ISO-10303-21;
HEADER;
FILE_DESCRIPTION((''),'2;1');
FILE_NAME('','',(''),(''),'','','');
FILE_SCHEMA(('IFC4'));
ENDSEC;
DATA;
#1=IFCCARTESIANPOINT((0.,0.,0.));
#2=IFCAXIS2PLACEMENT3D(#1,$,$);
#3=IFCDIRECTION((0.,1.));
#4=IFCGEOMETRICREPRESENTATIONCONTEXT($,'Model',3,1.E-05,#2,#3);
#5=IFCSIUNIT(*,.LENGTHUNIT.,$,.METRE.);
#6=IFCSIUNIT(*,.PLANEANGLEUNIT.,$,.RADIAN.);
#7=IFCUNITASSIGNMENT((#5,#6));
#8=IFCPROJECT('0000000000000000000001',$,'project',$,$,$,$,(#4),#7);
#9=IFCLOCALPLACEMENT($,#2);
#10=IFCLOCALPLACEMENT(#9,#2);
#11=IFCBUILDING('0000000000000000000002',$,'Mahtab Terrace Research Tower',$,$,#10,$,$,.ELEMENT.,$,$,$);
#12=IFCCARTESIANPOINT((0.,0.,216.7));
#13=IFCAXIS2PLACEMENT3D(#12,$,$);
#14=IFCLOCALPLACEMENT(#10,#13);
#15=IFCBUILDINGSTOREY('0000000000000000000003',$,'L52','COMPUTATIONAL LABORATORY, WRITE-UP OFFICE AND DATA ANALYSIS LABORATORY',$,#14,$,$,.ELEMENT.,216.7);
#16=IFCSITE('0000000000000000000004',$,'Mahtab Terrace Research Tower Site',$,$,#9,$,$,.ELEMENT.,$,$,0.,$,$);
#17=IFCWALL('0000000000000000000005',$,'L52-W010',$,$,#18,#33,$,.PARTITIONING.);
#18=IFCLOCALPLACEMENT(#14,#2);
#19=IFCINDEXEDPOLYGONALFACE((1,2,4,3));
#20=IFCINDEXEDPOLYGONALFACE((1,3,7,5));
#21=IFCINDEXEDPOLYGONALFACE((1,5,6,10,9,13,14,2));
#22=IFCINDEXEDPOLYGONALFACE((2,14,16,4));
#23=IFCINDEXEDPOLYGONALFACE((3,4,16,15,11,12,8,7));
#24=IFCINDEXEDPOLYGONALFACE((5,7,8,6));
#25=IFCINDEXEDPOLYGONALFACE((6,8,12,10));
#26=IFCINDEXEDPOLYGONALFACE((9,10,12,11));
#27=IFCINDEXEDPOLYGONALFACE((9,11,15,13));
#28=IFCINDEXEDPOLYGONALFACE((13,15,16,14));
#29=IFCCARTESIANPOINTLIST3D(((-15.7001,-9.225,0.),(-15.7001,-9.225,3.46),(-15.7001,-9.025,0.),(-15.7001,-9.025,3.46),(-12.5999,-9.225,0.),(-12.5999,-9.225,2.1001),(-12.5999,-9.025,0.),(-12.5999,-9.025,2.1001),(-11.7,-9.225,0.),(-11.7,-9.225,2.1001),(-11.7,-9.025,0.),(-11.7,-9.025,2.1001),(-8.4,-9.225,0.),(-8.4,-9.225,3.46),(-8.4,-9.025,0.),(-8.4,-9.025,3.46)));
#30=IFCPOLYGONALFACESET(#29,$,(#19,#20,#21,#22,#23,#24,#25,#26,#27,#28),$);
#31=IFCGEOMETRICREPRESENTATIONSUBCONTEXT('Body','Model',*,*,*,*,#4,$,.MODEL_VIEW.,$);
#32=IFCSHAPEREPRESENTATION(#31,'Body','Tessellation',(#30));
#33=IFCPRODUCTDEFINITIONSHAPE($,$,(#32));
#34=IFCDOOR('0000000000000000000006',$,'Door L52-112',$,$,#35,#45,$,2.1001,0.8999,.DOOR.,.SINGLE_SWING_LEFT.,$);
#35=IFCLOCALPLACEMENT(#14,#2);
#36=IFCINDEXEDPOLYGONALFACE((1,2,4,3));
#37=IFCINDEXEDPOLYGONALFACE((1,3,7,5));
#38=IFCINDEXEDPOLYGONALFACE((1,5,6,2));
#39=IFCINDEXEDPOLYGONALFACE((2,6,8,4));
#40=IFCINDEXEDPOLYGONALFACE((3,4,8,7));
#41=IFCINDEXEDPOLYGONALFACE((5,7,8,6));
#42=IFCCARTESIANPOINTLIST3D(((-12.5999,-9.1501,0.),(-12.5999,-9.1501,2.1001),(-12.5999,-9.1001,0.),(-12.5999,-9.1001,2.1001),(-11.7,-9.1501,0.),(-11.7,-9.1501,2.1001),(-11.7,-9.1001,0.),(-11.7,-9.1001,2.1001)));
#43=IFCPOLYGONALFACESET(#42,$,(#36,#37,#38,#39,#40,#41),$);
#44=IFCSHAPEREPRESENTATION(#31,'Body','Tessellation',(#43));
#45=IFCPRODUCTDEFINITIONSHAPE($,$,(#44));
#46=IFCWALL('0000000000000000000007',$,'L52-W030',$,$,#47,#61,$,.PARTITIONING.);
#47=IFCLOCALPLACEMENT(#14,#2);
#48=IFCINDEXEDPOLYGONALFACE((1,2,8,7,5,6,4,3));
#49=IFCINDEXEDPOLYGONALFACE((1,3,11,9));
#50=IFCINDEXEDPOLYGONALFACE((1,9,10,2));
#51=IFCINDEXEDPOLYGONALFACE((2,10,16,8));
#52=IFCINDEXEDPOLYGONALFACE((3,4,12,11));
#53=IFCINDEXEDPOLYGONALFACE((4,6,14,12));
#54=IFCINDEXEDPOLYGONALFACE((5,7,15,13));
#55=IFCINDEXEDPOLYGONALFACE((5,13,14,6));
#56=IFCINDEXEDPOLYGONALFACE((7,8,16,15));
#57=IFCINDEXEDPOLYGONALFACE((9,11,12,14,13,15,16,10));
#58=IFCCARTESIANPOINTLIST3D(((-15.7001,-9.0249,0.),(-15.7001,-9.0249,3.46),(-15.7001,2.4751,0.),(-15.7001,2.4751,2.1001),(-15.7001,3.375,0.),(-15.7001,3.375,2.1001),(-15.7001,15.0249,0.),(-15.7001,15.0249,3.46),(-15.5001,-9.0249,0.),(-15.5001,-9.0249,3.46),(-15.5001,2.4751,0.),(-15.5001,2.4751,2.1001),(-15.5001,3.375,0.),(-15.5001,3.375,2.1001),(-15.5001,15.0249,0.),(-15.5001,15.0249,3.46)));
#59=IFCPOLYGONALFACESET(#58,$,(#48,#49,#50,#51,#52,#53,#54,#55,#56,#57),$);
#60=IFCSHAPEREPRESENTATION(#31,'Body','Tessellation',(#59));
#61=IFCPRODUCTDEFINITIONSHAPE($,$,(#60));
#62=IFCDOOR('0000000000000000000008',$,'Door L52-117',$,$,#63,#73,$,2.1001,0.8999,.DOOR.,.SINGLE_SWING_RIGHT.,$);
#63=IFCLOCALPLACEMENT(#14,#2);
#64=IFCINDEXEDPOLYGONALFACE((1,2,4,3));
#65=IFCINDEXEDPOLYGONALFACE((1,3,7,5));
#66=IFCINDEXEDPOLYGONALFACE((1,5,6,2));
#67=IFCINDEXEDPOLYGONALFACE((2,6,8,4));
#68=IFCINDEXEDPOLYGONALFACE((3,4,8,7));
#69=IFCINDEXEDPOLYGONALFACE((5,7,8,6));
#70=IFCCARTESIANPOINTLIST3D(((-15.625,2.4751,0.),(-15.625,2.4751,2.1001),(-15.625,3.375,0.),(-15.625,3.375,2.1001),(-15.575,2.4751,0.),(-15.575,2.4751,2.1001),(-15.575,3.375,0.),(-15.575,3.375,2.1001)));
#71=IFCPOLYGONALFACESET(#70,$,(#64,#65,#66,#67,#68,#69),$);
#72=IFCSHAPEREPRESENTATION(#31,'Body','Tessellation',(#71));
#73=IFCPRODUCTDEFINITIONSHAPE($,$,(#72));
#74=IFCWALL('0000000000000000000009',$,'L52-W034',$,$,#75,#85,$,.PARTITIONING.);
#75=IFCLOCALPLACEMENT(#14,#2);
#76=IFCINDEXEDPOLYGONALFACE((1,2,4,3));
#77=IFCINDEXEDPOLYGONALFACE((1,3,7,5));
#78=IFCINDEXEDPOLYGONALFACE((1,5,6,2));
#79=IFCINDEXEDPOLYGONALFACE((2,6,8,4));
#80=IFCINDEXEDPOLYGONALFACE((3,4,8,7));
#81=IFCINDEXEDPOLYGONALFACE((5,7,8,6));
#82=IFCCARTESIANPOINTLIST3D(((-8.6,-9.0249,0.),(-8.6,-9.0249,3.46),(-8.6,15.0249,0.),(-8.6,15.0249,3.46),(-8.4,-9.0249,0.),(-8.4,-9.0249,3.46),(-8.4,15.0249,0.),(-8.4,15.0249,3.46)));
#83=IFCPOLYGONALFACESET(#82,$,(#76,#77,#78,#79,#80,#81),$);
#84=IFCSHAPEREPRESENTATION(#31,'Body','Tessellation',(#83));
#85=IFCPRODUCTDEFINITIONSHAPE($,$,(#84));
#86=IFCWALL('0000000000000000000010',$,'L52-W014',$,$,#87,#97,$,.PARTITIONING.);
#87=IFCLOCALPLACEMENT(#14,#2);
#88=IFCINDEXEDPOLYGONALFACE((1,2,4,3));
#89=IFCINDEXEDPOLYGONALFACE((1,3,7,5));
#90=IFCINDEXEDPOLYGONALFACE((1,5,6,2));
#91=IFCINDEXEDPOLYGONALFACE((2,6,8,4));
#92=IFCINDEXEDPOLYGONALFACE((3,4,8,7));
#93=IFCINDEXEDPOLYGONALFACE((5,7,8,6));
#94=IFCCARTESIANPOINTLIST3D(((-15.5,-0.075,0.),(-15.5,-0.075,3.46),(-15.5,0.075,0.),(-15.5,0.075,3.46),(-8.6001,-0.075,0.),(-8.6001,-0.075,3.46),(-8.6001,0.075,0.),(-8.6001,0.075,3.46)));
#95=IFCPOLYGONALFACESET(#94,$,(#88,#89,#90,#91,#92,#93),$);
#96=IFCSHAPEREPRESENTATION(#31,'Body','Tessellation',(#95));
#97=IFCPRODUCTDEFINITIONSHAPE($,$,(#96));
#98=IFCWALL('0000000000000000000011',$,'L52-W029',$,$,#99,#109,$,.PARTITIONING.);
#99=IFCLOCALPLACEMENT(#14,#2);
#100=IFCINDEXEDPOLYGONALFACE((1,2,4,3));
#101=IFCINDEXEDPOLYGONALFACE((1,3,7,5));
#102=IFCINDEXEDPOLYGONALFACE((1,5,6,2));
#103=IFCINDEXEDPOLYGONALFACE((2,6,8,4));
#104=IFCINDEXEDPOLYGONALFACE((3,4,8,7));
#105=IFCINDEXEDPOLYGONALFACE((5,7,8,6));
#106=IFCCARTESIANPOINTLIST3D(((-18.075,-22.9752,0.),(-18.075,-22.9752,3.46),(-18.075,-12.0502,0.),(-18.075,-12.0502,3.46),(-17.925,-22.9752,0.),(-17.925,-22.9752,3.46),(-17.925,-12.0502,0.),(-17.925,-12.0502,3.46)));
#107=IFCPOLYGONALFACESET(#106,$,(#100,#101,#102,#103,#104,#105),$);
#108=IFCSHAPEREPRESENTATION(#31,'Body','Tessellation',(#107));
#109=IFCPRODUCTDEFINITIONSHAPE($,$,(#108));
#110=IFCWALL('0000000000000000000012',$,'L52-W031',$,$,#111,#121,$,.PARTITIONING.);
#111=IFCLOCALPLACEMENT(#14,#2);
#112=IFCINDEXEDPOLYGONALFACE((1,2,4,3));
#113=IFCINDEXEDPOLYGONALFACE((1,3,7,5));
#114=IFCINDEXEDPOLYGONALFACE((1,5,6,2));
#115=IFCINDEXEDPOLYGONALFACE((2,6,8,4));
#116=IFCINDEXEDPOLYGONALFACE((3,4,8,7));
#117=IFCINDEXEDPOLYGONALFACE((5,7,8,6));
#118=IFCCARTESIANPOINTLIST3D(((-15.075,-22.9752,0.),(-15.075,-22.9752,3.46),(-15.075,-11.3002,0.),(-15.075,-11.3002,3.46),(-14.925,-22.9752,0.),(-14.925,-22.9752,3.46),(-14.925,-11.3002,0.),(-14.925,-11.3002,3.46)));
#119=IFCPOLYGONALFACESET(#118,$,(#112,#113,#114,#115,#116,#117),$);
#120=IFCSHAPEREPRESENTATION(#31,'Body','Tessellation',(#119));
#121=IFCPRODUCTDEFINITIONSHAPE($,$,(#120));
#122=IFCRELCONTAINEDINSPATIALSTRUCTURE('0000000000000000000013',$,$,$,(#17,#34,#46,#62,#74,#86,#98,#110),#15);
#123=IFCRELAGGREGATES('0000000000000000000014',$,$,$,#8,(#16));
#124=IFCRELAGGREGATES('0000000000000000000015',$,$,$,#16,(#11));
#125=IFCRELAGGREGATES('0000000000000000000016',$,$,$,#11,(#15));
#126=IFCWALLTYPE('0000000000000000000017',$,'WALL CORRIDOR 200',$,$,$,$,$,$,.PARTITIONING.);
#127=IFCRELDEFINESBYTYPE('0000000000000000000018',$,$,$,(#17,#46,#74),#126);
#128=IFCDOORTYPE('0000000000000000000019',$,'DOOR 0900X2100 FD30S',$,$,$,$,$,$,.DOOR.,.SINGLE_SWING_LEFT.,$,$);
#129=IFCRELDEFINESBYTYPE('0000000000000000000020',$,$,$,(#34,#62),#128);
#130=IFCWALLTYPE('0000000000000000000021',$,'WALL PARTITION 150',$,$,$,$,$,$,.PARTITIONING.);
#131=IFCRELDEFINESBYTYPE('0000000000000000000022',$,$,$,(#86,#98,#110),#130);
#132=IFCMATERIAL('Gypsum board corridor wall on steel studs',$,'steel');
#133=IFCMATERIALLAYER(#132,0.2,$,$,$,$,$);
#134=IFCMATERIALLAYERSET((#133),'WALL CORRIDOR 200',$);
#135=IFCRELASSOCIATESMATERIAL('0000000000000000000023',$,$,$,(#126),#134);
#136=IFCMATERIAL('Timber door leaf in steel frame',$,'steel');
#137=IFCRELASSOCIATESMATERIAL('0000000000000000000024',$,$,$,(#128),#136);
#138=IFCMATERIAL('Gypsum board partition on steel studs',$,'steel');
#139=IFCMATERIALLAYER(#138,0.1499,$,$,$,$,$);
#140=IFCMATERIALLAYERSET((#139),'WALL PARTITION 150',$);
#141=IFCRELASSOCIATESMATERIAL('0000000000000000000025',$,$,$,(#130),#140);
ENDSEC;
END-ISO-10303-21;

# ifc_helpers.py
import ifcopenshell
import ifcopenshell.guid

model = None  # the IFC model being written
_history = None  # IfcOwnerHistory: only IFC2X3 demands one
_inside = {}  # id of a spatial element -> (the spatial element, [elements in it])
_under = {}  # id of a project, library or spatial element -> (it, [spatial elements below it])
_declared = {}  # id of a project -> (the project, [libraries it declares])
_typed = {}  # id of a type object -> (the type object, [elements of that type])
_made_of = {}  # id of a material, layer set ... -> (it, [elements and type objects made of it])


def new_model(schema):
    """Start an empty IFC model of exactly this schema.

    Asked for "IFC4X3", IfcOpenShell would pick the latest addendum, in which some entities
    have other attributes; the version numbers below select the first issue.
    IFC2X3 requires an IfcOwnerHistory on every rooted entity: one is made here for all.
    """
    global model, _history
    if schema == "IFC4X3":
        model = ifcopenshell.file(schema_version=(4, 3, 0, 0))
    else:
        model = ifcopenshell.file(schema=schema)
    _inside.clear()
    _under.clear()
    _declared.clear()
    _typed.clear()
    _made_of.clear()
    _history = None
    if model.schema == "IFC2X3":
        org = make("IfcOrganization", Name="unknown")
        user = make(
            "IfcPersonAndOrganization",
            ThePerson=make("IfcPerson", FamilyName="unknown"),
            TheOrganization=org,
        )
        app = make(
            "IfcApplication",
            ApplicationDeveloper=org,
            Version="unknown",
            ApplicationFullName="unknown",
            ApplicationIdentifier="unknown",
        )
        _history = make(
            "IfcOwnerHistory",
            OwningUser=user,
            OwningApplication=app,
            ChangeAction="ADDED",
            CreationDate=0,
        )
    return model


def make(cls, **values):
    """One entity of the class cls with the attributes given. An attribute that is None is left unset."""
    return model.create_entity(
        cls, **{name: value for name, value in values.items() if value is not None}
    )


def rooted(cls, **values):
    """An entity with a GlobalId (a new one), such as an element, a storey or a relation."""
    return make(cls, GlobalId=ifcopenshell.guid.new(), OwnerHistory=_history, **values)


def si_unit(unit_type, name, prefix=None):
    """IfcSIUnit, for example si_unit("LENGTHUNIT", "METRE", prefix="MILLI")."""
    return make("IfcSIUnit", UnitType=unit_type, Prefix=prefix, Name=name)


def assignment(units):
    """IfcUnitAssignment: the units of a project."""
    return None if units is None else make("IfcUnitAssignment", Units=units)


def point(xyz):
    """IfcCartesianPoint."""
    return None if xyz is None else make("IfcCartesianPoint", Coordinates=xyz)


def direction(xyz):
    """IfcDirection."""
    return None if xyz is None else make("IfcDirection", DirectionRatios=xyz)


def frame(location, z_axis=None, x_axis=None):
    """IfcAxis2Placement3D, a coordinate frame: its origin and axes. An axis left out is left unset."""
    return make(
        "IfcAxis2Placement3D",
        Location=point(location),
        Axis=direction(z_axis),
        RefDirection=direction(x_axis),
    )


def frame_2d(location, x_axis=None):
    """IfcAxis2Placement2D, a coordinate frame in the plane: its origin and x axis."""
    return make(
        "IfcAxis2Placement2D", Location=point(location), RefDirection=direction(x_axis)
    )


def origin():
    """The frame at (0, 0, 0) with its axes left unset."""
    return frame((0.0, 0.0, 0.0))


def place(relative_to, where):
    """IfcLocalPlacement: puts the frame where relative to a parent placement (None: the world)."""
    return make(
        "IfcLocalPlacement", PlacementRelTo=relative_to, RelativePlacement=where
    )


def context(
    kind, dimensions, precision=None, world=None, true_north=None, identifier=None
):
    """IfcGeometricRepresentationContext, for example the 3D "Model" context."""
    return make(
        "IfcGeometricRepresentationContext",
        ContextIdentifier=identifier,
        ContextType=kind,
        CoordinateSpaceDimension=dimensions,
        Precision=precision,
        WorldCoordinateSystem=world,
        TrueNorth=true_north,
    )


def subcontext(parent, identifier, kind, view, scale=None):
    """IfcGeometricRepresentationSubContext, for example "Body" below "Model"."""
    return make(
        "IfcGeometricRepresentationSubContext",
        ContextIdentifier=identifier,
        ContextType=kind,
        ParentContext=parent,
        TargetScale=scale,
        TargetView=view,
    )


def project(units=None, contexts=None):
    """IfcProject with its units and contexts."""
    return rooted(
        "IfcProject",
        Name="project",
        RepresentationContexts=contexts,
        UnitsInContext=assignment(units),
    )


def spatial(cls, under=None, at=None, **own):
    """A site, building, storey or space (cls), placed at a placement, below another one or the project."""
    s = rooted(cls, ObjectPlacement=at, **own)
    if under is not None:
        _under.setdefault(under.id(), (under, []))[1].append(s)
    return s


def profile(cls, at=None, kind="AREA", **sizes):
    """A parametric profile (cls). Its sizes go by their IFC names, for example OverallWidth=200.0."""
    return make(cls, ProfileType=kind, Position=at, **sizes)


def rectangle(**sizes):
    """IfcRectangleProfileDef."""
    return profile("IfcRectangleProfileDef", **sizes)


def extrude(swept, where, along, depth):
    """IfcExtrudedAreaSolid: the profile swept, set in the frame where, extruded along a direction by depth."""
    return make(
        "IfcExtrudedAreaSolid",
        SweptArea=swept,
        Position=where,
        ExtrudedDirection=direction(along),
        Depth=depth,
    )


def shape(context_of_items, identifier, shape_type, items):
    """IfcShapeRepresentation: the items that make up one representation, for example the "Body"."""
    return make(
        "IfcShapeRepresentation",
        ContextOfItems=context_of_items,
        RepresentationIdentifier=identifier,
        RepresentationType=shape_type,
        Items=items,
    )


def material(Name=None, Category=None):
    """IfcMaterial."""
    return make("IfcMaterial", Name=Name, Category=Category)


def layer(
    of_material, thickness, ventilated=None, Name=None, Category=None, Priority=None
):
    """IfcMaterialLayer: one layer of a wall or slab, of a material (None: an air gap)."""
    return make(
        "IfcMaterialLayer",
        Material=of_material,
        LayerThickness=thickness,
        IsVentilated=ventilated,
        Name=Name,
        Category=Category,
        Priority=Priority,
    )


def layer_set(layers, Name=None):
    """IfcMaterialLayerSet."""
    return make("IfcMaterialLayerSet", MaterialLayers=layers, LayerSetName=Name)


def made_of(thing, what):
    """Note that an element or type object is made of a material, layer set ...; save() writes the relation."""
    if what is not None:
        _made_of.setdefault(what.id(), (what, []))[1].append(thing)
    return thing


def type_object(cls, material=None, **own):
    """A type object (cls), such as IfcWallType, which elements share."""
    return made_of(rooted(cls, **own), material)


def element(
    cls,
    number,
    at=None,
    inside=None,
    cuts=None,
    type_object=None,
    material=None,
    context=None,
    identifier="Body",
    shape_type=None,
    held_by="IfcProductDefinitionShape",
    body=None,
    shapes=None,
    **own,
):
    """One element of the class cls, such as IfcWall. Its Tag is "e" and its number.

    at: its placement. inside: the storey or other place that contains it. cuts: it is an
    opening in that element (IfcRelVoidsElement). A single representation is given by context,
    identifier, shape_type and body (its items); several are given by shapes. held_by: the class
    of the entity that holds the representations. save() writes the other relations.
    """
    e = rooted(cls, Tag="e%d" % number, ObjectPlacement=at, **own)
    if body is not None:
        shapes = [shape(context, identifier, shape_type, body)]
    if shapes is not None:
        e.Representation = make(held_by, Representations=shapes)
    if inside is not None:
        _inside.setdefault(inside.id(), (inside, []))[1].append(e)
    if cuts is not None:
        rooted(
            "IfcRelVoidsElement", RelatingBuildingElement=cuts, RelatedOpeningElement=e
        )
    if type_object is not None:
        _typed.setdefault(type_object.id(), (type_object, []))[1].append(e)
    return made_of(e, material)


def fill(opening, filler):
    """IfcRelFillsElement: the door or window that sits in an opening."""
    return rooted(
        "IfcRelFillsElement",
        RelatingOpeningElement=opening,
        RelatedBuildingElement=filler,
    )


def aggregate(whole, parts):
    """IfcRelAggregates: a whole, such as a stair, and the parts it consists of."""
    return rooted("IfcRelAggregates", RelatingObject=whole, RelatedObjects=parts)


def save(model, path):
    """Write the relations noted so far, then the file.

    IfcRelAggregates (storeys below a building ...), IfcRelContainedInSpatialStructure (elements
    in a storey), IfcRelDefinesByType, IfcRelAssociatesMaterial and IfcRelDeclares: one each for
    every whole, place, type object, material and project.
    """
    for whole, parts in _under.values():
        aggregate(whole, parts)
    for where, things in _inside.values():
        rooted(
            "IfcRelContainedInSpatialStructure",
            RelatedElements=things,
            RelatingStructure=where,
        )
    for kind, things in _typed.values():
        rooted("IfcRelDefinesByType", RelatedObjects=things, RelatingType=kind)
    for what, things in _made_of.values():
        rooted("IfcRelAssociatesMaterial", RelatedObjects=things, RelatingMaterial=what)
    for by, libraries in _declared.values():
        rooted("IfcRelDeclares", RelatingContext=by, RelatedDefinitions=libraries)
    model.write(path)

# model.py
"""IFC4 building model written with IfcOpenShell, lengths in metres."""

from ifc_helpers import new_model, si_unit, direction, frame, frame_2d, origin, place, context, subcontext, project, spatial, rectangle, extrude, material, layer, layer_set, type_object, element, fill, save


model = new_model("IFC4")

# Units and contexts
model_context = context("Model", 3, precision=1e-05, world=origin(), true_north=direction((0.0, 1.0)))
body_context = subcontext(model_context, "Body", "Model", "MODEL_VIEW")
ifc_project = project(units=[si_unit("LENGTHUNIT", "METRE"), si_unit("PLANEANGLEUNIT", "RADIAN")], contexts=[model_context])

# Site, building, storey
site_placement = place(None, origin())
site = spatial("IfcSite", under=ifc_project, at=site_placement, Name="Mahtab Terrace Research Tower Site", CompositionType="ELEMENT", RefElevation=0.0)
building_placement = place(site_placement, origin())
building = spatial("IfcBuilding", under=site, at=building_placement, Name="Mahtab Terrace Research Tower", CompositionType="ELEMENT")
storey_placement = place(building_placement, frame((0.0, 0.0, 216.7)))
storey = spatial("IfcBuildingStorey", under=building, at=storey_placement, Name="L52", Description="COMPUTATIONAL LABORATORY, WRITE-UP OFFICE AND DATA ANALYSIS LABORATORY", CompositionType="ELEMENT", Elevation=216.7)

# Shared definitions
ifc_material_1 = material(Name="Gypsum board corridor wall on steel studs", Category="steel")
ifc_layer_1 = layer(ifc_material_1, 0.2)
ifc_layer_set_1 = layer_set([ifc_layer_1], Name="WALL CORRIDOR 200")
wall_type_1 = type_object("IfcWallType", Name="WALL CORRIDOR 200", PredefinedType="PARTITIONING", material=ifc_layer_set_1)
ifc_material_2 = material(Name="Timber door leaf in steel frame", Category="steel")

# Walls, openings, doors
wall_1_placement = place(storey_placement, frame((-15.7, -9.125, 0.0), z_axis=(0.0, 0.0, 1.0), x_axis=(1.0, 0.0, 0.0)))
wall_1 = element("IfcWall", 1, at=wall_1_placement, inside=storey, type_object=wall_type_1, Name="L52-W010", PredefinedType="PARTITIONING", context=body_context, shape_type="SweptSolid", body=[
    extrude(rectangle(XDim=7.3, YDim=0.2, at=frame_2d((3.6499, 0.0))), origin(), (0.0, 0.0, 1.0), 3.46),
])
opening_1_placement = place(wall_1_placement, frame((3.1001, 0.0, 0.0)))
opening_1 = element("IfcOpeningElement", 2, at=opening_1_placement, cuts=wall_1, PredefinedType="OPENING", context=body_context, shape_type="SweptSolid", body=[
    extrude(rectangle(XDim=0.8999, YDim=2.1001, at=frame_2d((0.45, 1.05))), frame((0.0, 0.1099, 0.0), z_axis=(0.0, -1.0, 0.0), x_axis=(1.0, 0.0, 0.0)), (0.0, 0.0, 1.0), 0.22),
])
door_type_1 = type_object("IfcDoorType", Name="DOOR 0900X2100 FD30S", OperationType="SINGLE_SWING_LEFT", PredefinedType="DOOR", material=ifc_material_2)
door_1_placement = place(opening_1_placement, origin())
door_1 = element("IfcDoor", 3, at=door_1_placement, inside=storey, type_object=door_type_1, Name="Door L52-112", OperationType="SINGLE_SWING_LEFT", OverallHeight=2.1001, OverallWidth=0.8999, PredefinedType="DOOR", context=body_context, shape_type="SweptSolid", body=[
    extrude(rectangle(XDim=0.8999, YDim=2.1001, at=frame_2d((0.45, 1.05))), frame((0.0, 0.0249, 0.0), z_axis=(0.0, -1.0, 0.0), x_axis=(1.0, 0.0, 0.0)), (0.0, 0.0, 1.0), 0.05),
])
fill(opening_1, door_1)
wall_2_placement = place(storey_placement, frame((-15.6001, -9.0249, 0.0), z_axis=(0.0, 0.0, 1.0), x_axis=(0.0, 1.0, 0.0)))
wall_2 = element("IfcWall", 4, at=wall_2_placement, inside=storey, type_object=wall_type_1, Name="L52-W030", PredefinedType="PARTITIONING", context=body_context, shape_type="SweptSolid", body=[
    extrude(rectangle(XDim=24.0498, YDim=0.2, at=frame_2d((12.0249, 0.0))), origin(), (0.0, 0.0, 1.0), 3.46),
])
opening_2_placement = place(wall_2_placement, frame((11.5, 0.0, 0.0)))
opening_2 = element("IfcOpeningElement", 5, at=opening_2_placement, cuts=wall_2, PredefinedType="OPENING", context=body_context, shape_type="SweptSolid", body=[
    extrude(rectangle(XDim=0.8999, YDim=2.1001, at=frame_2d((0.45, 1.05))), frame((0.0, 0.1099, 0.0), z_axis=(0.0, -1.0, 0.0), x_axis=(1.0, 0.0, 0.0)), (0.0, 0.0, 1.0), 0.22),
])
door_2_placement = place(opening_2_placement, origin())
door_2 = element("IfcDoor", 6, at=door_2_placement, inside=storey, type_object=door_type_1, Name="Door L52-117", OperationType="SINGLE_SWING_RIGHT", OverallHeight=2.1001, OverallWidth=0.8999, PredefinedType="DOOR", context=body_context, shape_type="SweptSolid", body=[
    extrude(rectangle(XDim=0.8999, YDim=2.1001, at=frame_2d((0.45, 1.05))), frame((0.0, 0.0249, 0.0), z_axis=(0.0, -1.0, 0.0), x_axis=(1.0, 0.0, 0.0)), (0.0, 0.0, 1.0), 0.05),
])
fill(opening_2, door_2)

# Walls
wall_3_placement = place(storey_placement, frame((-8.5, -9.0249, 0.0), z_axis=(0.0, 0.0, 1.0), x_axis=(0.0, 1.0, 0.0)))
element("IfcWall", 7, at=wall_3_placement, inside=storey, type_object=wall_type_1, Name="L52-W034", PredefinedType="PARTITIONING", context=body_context, shape_type="SweptSolid", body=[
    extrude(rectangle(XDim=24.0498, YDim=0.2, at=frame_2d((12.0249, 0.0))), origin(), (0.0, 0.0, 1.0), 3.46),
])
ifc_material_3 = material(Name="Gypsum board partition on steel studs", Category="steel")
ifc_layer_2 = layer(ifc_material_3, 0.1499)
ifc_layer_set_2 = layer_set([ifc_layer_2], Name="WALL PARTITION 150")
wall_type_2 = type_object("IfcWallType", Name="WALL PARTITION 150", PredefinedType="PARTITIONING", material=ifc_layer_set_2)
wall_4_placement = place(storey_placement, frame((-15.5, 0.0, 0.0), z_axis=(0.0, 0.0, 1.0), x_axis=(1.0, 0.0, 0.0)))
element("IfcWall", 8, at=wall_4_placement, inside=storey, type_object=wall_type_2, Name="L52-W014", PredefinedType="PARTITIONING", context=body_context, shape_type="SweptSolid", body=[
    extrude(rectangle(XDim=6.8999, YDim=0.1499, at=frame_2d((3.45, 0.0))), origin(), (0.0, 0.0, 1.0), 3.46),
])
wall_5_placement = place(storey_placement, frame((-18.0, -22.9751, 0.0), z_axis=(0.0, 0.0, 1.0), x_axis=(0.0, 1.0, 0.0)))
element("IfcWall", 9, at=wall_5_placement, inside=storey, type_object=wall_type_2, Name="L52-W029", PredefinedType="PARTITIONING", context=body_context, shape_type="SweptSolid", body=[
    extrude(rectangle(XDim=10.925, YDim=0.1499, at=frame_2d((5.4624, 0.0))), origin(), (0.0, 0.0, 1.0), 3.46),
])
wall_6_placement = place(storey_placement, frame((-15.0, -22.9751, 0.0), z_axis=(0.0, 0.0, 1.0), x_axis=(0.0, 1.0, 0.0)))
element("IfcWall", 10, at=wall_6_placement, inside=storey, type_object=wall_type_2, Name="L52-W031", PredefinedType="PARTITIONING", context=body_context, shape_type="SweptSolid", body=[
    extrude(rectangle(XDim=11.675, YDim=0.1499, at=frame_2d((5.8374, 0.0))), origin(), (0.0, 0.0, 1.0), 3.46),
])

save(model, "model.ifc")
